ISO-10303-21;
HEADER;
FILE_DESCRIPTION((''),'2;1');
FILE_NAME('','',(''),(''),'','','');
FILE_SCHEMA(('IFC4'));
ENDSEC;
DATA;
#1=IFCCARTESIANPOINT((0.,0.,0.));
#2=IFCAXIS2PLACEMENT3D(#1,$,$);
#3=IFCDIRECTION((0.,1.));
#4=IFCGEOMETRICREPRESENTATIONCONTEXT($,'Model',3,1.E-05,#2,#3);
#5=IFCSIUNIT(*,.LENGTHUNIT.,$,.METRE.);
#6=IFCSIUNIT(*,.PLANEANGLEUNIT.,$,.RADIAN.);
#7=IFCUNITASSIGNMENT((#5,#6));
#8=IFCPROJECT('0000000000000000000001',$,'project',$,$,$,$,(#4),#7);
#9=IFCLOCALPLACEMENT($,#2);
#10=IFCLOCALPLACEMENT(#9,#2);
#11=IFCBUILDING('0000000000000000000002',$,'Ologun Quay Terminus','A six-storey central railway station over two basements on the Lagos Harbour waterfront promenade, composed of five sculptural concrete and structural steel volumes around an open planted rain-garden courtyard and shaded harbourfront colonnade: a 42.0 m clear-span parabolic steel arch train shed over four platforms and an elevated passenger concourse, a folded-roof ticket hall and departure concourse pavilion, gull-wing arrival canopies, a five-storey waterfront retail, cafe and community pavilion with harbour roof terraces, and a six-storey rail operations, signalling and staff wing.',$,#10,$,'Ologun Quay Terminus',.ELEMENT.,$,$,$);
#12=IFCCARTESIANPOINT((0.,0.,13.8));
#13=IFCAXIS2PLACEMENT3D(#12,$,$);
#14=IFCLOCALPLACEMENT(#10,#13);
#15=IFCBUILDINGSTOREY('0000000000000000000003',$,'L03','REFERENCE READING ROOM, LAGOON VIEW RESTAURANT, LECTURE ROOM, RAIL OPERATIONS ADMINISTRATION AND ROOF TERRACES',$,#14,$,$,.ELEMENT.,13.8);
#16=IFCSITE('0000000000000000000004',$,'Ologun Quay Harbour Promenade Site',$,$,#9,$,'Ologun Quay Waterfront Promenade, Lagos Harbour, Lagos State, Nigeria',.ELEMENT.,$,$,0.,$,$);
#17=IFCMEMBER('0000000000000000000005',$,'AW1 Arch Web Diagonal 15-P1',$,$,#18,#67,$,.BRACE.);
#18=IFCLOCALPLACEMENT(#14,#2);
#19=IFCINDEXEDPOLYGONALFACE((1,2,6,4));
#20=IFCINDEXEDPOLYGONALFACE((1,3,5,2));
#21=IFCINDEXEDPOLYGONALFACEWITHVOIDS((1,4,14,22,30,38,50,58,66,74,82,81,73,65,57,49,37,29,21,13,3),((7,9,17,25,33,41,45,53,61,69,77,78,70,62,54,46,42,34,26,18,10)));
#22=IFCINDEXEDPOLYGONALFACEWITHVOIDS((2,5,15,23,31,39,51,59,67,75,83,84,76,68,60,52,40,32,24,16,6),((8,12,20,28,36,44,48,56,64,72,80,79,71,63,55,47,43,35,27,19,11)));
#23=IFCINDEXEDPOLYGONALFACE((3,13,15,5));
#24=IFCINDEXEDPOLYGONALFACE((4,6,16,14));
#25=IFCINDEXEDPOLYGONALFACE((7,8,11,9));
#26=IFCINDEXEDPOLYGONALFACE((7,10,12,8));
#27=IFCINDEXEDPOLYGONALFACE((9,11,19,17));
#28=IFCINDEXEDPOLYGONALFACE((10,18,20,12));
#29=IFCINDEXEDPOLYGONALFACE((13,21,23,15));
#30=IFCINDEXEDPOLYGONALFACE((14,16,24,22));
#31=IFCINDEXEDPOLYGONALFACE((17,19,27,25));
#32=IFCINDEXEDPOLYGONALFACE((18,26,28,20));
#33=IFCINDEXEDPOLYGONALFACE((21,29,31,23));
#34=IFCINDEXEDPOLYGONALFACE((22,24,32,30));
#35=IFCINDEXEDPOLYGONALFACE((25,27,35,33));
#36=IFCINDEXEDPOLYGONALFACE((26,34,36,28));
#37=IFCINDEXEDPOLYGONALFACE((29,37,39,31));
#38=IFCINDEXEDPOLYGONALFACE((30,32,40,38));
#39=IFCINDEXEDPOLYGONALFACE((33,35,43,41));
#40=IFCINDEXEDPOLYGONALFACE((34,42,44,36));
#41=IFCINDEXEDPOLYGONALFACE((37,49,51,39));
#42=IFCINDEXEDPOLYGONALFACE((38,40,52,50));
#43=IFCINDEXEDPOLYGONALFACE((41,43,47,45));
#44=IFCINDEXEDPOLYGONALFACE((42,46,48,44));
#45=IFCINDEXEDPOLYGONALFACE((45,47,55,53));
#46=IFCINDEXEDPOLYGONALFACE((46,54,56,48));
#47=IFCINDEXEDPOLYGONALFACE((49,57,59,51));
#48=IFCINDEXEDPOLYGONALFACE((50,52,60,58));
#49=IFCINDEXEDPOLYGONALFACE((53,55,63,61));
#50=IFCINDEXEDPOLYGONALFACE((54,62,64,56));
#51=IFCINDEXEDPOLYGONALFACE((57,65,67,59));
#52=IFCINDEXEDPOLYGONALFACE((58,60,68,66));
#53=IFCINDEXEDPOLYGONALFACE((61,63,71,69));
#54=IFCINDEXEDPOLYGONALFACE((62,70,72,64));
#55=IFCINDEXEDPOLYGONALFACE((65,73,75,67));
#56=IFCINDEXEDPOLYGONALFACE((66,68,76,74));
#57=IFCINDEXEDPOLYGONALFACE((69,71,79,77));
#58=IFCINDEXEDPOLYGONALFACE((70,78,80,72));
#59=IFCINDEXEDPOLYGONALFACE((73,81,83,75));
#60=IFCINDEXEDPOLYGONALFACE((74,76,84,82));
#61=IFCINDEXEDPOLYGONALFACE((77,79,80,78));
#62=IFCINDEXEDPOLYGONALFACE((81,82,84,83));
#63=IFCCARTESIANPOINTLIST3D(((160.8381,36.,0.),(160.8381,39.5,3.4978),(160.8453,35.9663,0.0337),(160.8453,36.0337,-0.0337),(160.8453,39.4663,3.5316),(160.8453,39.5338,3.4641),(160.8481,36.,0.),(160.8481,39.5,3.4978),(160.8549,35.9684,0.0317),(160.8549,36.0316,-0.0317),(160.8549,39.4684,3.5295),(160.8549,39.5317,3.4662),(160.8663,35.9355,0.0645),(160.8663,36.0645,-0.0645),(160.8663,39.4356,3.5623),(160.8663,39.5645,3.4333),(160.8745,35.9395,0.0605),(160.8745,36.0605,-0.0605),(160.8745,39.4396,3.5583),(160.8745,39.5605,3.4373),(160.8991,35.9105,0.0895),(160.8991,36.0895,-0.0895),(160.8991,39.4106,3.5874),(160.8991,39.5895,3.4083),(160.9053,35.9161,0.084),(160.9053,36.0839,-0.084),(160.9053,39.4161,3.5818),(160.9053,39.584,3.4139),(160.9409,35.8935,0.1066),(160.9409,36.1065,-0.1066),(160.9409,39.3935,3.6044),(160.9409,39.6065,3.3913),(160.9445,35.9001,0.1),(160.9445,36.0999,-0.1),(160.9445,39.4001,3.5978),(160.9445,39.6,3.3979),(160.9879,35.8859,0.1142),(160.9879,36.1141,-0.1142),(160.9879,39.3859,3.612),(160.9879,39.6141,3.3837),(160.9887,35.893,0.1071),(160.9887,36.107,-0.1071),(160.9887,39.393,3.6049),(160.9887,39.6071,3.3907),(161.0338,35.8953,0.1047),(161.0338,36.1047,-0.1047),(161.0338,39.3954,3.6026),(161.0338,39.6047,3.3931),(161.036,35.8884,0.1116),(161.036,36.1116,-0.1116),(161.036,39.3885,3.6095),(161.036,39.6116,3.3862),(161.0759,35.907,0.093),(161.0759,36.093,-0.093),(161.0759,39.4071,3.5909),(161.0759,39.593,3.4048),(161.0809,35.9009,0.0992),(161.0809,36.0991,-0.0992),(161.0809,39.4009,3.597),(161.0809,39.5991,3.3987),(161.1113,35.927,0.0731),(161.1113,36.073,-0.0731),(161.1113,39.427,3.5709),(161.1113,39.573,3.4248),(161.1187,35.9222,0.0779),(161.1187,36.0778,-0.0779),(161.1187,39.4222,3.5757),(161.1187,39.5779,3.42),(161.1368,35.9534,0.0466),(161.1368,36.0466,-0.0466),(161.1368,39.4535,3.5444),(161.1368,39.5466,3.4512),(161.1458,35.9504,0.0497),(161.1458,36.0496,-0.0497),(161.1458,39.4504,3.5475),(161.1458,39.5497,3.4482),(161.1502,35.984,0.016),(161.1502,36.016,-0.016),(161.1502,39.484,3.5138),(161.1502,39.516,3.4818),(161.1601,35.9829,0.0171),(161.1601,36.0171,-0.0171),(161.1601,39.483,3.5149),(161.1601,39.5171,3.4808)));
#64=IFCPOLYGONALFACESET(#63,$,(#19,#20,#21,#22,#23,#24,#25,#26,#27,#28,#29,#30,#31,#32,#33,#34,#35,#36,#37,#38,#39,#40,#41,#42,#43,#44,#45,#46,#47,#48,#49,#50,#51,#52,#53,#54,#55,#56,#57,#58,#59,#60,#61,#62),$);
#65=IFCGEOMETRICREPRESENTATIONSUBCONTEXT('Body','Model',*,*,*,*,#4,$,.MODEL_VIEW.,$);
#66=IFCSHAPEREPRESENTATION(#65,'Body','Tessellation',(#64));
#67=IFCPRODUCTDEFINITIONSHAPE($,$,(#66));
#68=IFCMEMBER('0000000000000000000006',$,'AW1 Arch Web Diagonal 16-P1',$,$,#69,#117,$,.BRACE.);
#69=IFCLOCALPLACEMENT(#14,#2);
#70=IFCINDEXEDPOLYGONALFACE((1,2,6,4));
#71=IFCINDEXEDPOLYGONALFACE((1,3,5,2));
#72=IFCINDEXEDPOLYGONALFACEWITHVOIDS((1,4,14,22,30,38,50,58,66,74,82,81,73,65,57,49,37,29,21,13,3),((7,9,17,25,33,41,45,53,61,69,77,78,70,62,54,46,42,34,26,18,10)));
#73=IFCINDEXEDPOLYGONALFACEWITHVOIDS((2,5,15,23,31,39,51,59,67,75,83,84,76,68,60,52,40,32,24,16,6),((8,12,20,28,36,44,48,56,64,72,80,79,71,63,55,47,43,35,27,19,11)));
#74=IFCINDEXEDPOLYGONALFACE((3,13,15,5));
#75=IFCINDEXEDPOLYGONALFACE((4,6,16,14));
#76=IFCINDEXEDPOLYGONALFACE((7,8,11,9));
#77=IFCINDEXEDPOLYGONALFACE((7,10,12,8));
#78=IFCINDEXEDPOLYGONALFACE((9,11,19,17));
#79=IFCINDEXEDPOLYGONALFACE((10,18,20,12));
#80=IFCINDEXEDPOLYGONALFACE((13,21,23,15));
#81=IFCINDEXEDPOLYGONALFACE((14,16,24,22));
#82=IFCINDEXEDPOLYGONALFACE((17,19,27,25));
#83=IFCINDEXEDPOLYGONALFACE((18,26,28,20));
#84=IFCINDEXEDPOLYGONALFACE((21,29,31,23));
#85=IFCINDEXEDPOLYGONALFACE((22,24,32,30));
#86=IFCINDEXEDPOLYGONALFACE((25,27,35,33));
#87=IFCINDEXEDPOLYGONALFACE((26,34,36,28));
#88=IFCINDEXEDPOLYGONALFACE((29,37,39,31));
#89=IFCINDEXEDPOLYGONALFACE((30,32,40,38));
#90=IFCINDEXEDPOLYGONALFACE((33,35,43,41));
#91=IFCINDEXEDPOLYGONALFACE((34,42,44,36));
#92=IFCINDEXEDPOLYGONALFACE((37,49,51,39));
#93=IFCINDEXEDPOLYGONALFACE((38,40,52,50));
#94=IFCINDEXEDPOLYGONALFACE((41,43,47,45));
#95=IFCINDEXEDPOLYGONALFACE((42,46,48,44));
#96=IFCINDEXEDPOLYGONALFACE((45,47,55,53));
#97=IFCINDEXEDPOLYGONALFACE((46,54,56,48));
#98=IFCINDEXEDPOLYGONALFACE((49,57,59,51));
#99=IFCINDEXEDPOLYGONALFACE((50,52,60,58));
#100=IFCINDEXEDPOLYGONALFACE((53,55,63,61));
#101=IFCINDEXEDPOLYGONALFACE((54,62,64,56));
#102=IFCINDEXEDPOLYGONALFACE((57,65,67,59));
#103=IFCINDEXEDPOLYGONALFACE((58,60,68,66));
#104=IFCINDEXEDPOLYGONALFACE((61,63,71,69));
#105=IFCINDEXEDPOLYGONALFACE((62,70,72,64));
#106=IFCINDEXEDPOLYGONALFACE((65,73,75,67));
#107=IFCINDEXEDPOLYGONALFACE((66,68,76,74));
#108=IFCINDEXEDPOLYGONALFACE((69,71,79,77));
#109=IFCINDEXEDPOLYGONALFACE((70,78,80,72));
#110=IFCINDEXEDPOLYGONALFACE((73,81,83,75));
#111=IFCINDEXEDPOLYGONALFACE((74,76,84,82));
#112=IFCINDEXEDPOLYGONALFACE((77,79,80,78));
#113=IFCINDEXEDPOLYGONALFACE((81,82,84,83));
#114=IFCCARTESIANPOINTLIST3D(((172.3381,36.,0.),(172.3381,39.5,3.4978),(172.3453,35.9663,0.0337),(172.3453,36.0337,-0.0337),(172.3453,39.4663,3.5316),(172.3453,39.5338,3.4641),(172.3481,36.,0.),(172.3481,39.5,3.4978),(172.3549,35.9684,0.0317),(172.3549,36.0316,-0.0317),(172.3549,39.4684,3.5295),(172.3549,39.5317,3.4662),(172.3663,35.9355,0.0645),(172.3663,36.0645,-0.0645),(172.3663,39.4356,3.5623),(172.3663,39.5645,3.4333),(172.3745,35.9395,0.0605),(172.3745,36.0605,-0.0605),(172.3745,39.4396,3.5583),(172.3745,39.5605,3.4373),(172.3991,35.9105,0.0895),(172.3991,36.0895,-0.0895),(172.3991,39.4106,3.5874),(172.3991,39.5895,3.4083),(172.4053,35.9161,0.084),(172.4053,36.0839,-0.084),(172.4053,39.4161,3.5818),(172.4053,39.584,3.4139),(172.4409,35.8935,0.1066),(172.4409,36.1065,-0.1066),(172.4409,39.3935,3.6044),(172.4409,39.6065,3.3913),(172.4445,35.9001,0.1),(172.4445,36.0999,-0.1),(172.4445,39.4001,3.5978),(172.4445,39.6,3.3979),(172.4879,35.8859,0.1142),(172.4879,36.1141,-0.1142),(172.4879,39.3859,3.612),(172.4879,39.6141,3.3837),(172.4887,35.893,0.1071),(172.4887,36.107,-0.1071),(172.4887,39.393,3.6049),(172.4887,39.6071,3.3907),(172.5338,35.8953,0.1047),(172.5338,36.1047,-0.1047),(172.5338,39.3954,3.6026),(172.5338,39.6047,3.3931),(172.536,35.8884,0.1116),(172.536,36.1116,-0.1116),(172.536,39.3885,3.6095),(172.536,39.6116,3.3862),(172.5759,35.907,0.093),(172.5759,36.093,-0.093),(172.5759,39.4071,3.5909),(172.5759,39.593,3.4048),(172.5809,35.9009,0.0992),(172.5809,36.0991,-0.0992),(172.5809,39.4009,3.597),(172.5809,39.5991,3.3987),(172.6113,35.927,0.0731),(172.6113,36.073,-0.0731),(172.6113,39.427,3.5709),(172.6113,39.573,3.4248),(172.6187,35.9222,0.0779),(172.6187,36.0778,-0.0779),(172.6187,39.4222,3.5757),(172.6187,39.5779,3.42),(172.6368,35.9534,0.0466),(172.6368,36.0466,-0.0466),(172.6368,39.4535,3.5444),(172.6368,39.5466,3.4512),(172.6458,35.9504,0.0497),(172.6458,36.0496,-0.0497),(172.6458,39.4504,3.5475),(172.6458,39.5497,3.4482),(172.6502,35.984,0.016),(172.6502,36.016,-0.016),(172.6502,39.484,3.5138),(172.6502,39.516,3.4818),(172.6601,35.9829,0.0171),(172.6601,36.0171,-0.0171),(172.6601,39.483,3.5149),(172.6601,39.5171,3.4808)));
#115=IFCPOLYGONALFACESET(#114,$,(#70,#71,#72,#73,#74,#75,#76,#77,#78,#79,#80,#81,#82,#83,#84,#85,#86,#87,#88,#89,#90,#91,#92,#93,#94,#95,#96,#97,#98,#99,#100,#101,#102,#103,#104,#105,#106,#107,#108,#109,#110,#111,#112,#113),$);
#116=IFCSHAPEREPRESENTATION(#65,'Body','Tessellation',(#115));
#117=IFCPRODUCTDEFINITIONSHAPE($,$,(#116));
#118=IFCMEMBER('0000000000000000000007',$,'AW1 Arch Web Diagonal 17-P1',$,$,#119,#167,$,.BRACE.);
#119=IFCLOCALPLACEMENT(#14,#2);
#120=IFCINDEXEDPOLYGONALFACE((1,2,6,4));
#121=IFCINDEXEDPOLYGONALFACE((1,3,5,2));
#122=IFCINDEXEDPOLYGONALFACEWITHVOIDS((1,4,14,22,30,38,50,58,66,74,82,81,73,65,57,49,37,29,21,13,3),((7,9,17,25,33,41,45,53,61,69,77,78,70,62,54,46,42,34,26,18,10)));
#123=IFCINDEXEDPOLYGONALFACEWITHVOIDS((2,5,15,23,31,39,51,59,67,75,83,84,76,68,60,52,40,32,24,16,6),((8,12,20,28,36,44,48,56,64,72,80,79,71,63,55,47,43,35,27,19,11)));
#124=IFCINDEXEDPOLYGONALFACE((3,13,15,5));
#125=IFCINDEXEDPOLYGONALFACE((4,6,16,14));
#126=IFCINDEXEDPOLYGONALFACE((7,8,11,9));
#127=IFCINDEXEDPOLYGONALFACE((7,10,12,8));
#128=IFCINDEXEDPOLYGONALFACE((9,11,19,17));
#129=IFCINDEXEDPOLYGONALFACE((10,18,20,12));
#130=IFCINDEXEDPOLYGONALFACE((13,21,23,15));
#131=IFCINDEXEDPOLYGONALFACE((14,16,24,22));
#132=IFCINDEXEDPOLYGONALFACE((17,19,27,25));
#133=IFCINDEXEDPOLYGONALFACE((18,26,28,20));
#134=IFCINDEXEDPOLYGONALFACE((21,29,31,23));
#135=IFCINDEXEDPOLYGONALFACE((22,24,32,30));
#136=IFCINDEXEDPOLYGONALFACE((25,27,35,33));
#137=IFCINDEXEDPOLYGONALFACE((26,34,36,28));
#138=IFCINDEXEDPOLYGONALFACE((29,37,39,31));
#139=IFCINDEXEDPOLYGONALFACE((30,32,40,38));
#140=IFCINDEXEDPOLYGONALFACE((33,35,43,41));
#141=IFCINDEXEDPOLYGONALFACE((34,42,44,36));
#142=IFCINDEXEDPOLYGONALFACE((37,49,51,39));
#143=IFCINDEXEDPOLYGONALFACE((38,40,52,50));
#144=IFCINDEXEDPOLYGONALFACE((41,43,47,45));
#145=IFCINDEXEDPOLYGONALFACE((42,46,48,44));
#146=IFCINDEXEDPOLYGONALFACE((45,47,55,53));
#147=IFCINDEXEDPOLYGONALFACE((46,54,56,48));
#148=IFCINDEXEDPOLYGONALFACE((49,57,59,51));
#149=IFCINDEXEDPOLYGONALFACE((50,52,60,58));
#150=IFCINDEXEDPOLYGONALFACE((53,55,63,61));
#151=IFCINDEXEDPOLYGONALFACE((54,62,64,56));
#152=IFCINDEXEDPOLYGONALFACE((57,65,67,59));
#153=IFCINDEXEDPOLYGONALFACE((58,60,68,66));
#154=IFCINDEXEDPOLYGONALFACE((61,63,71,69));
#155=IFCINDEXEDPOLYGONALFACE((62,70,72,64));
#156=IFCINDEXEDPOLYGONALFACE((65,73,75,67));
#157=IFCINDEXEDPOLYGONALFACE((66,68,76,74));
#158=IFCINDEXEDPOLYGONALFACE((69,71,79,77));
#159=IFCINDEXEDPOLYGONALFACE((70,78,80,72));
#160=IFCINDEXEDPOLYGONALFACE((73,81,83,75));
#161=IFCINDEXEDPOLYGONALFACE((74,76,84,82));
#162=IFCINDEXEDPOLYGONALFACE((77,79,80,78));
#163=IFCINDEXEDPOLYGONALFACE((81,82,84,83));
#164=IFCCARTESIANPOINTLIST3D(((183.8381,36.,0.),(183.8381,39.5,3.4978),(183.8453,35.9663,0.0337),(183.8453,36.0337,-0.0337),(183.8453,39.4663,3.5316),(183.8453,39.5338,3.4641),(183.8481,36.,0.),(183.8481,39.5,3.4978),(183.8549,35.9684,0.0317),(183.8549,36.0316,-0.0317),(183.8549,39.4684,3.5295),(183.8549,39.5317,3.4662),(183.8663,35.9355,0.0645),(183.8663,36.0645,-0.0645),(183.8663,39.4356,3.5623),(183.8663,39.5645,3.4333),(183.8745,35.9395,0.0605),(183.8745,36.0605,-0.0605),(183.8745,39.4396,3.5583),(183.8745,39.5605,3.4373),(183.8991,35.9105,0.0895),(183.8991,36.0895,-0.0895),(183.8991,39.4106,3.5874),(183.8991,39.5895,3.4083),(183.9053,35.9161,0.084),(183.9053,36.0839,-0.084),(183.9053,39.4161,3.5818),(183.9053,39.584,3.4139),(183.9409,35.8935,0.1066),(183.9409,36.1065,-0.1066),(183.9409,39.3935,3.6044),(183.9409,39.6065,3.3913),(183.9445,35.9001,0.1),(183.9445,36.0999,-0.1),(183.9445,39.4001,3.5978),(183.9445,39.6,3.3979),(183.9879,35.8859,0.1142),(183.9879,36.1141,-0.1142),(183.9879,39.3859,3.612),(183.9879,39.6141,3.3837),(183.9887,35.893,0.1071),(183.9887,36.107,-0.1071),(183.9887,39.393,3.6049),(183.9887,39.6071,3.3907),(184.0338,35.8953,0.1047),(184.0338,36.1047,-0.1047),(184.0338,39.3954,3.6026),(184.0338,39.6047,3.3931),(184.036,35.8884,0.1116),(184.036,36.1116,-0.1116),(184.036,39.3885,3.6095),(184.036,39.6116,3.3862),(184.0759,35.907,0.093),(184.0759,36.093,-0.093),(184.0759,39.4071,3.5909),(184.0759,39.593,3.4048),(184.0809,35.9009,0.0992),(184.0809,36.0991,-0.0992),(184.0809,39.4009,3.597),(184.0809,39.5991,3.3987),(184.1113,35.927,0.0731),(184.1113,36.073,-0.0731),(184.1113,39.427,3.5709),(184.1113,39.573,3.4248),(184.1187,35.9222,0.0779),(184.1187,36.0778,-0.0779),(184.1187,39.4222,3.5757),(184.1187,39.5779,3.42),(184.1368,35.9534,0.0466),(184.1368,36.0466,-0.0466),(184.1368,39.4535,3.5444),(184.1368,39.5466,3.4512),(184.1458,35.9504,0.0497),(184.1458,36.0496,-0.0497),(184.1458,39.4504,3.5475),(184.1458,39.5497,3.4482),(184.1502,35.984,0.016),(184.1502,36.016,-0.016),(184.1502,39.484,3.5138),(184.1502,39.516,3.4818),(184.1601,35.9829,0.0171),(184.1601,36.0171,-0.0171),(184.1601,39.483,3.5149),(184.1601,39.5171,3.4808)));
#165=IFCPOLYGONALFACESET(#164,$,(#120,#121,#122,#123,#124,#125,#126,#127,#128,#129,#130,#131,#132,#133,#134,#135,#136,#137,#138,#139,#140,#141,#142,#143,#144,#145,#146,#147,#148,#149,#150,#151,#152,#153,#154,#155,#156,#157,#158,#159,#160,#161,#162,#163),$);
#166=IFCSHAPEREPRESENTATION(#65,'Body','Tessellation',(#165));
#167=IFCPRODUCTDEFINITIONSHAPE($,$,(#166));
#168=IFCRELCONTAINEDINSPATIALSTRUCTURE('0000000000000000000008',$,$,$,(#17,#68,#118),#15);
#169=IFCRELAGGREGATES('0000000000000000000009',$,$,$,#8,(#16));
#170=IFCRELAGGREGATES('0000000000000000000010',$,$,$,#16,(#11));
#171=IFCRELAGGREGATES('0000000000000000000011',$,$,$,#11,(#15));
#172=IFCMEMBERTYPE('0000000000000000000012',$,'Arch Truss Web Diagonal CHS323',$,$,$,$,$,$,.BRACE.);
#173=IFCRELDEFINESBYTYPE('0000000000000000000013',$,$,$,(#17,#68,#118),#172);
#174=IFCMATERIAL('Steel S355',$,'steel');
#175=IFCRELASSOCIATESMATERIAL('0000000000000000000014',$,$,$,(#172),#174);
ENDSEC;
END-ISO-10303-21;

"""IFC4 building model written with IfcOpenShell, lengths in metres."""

from ifc_helpers import new_model, si_unit, direction, frame, origin, origin_2d, place, context, subcontext, project, spatial, hollow_circle, extrude, material, material_profile, profile_set, type_object, element, save


model = new_model("IFC4")

# Units and contexts
model_context = context("Model", 3, precision=1e-05, world=origin(), true_north=direction((0.0, 1.0)))
body_context = subcontext(model_context, "Body", "Model", "MODEL_VIEW")
ifc_project = project(units=[si_unit("LENGTHUNIT", "METRE"), si_unit("PLANEANGLEUNIT", "RADIAN")], contexts=[model_context])

# Site, building, storey
site_placement = place(None, origin())
site = spatial("IfcSite", under=ifc_project, at=site_placement, Name="Ologun Quay Harbour Promenade Site", LongName="Ologun Quay Waterfront Promenade, Lagos Harbour, Lagos State, Nigeria", CompositionType="ELEMENT", RefElevation=0.0)
building_placement = place(site_placement, origin())
building = spatial("IfcBuilding", under=site, at=building_placement, Name="Ologun Quay Terminus", Description="A six-storey central railway station over two basements on the Lagos Harbour waterfront promenade, composed of five sculptural concrete and structural steel volumes around an open planted rain-garden courtyard and shaded harbourfront colonnade: a 42.0 m clear-span parabolic steel arch train shed over four platforms and an elevated passenger concourse, a folded-roof ticket hall and departure concourse pavilion, gull-wing arrival canopies, a five-storey waterfront retail, cafe and community pavilion with harbour roof terraces, and a six-storey rail operations, signalling and staff wing.", LongName="Ologun Quay Terminus", CompositionType="ELEMENT")
storey_placement = place(building_placement, frame((0.0, 0.0, 13.8)))
storey = spatial("IfcBuildingStorey", under=building, at=storey_placement, Name="L03", Description="REFERENCE READING ROOM, LAGOON VIEW RESTAURANT, LECTURE ROOM, RAIL OPERATIONS ADMINISTRATION AND ROOF TERRACES", CompositionType="ELEMENT", Elevation=13.8)

# Members
ifc_material_1 = material(Name="Steel S355", Category="steel")
ifc_material_profile_1 = material_profile(ifc_material_1, hollow_circle(Radius=0.1619, WallThickness=0.01, at=origin_2d()), Name="CHS 323.9x10")
ifc_profile_set_1 = profile_set([ifc_material_profile_1], Name="Steel S355")
member_type_1 = type_object("IfcMemberType", Name="Arch Truss Web Diagonal CHS323", PredefinedType="BRACE", material=ifc_profile_set_1)
for number, where, z_axis, x_axis, name in (
    (1, (161.0, 36.0, 0.0), (0.0, 0.707329, 0.706885), (-1.0, 0.0, 0.0), "AW1 Arch Web Diagonal 15-P1"),
    (2, (172.5, 36.0, 0.0), (0.0, 0.707329, 0.706885), (-1.0, 0.0, 0.0), "AW1 Arch Web Diagonal 16-P1"),
    (3, (184.0, 36.0, 0.0), (0.0, 0.707329, 0.706885), (-1.0, 0.0, 0.0), "AW1 Arch Web Diagonal 17-P1"),
):
    element("IfcMember", number, at=place(storey_placement, frame(where, z_axis=z_axis, x_axis=x_axis)), inside=storey, type_object=member_type_1, Name=name, PredefinedType="BRACE", context=body_context, shape_type="SweptSolid", body=[
        extrude(hollow_circle(Radius=0.1619, WallThickness=0.01, at=origin_2d()), origin(), (0.0, 0.0, 1.0), 4.9482),
    ])

save(model, "model.ifc")
